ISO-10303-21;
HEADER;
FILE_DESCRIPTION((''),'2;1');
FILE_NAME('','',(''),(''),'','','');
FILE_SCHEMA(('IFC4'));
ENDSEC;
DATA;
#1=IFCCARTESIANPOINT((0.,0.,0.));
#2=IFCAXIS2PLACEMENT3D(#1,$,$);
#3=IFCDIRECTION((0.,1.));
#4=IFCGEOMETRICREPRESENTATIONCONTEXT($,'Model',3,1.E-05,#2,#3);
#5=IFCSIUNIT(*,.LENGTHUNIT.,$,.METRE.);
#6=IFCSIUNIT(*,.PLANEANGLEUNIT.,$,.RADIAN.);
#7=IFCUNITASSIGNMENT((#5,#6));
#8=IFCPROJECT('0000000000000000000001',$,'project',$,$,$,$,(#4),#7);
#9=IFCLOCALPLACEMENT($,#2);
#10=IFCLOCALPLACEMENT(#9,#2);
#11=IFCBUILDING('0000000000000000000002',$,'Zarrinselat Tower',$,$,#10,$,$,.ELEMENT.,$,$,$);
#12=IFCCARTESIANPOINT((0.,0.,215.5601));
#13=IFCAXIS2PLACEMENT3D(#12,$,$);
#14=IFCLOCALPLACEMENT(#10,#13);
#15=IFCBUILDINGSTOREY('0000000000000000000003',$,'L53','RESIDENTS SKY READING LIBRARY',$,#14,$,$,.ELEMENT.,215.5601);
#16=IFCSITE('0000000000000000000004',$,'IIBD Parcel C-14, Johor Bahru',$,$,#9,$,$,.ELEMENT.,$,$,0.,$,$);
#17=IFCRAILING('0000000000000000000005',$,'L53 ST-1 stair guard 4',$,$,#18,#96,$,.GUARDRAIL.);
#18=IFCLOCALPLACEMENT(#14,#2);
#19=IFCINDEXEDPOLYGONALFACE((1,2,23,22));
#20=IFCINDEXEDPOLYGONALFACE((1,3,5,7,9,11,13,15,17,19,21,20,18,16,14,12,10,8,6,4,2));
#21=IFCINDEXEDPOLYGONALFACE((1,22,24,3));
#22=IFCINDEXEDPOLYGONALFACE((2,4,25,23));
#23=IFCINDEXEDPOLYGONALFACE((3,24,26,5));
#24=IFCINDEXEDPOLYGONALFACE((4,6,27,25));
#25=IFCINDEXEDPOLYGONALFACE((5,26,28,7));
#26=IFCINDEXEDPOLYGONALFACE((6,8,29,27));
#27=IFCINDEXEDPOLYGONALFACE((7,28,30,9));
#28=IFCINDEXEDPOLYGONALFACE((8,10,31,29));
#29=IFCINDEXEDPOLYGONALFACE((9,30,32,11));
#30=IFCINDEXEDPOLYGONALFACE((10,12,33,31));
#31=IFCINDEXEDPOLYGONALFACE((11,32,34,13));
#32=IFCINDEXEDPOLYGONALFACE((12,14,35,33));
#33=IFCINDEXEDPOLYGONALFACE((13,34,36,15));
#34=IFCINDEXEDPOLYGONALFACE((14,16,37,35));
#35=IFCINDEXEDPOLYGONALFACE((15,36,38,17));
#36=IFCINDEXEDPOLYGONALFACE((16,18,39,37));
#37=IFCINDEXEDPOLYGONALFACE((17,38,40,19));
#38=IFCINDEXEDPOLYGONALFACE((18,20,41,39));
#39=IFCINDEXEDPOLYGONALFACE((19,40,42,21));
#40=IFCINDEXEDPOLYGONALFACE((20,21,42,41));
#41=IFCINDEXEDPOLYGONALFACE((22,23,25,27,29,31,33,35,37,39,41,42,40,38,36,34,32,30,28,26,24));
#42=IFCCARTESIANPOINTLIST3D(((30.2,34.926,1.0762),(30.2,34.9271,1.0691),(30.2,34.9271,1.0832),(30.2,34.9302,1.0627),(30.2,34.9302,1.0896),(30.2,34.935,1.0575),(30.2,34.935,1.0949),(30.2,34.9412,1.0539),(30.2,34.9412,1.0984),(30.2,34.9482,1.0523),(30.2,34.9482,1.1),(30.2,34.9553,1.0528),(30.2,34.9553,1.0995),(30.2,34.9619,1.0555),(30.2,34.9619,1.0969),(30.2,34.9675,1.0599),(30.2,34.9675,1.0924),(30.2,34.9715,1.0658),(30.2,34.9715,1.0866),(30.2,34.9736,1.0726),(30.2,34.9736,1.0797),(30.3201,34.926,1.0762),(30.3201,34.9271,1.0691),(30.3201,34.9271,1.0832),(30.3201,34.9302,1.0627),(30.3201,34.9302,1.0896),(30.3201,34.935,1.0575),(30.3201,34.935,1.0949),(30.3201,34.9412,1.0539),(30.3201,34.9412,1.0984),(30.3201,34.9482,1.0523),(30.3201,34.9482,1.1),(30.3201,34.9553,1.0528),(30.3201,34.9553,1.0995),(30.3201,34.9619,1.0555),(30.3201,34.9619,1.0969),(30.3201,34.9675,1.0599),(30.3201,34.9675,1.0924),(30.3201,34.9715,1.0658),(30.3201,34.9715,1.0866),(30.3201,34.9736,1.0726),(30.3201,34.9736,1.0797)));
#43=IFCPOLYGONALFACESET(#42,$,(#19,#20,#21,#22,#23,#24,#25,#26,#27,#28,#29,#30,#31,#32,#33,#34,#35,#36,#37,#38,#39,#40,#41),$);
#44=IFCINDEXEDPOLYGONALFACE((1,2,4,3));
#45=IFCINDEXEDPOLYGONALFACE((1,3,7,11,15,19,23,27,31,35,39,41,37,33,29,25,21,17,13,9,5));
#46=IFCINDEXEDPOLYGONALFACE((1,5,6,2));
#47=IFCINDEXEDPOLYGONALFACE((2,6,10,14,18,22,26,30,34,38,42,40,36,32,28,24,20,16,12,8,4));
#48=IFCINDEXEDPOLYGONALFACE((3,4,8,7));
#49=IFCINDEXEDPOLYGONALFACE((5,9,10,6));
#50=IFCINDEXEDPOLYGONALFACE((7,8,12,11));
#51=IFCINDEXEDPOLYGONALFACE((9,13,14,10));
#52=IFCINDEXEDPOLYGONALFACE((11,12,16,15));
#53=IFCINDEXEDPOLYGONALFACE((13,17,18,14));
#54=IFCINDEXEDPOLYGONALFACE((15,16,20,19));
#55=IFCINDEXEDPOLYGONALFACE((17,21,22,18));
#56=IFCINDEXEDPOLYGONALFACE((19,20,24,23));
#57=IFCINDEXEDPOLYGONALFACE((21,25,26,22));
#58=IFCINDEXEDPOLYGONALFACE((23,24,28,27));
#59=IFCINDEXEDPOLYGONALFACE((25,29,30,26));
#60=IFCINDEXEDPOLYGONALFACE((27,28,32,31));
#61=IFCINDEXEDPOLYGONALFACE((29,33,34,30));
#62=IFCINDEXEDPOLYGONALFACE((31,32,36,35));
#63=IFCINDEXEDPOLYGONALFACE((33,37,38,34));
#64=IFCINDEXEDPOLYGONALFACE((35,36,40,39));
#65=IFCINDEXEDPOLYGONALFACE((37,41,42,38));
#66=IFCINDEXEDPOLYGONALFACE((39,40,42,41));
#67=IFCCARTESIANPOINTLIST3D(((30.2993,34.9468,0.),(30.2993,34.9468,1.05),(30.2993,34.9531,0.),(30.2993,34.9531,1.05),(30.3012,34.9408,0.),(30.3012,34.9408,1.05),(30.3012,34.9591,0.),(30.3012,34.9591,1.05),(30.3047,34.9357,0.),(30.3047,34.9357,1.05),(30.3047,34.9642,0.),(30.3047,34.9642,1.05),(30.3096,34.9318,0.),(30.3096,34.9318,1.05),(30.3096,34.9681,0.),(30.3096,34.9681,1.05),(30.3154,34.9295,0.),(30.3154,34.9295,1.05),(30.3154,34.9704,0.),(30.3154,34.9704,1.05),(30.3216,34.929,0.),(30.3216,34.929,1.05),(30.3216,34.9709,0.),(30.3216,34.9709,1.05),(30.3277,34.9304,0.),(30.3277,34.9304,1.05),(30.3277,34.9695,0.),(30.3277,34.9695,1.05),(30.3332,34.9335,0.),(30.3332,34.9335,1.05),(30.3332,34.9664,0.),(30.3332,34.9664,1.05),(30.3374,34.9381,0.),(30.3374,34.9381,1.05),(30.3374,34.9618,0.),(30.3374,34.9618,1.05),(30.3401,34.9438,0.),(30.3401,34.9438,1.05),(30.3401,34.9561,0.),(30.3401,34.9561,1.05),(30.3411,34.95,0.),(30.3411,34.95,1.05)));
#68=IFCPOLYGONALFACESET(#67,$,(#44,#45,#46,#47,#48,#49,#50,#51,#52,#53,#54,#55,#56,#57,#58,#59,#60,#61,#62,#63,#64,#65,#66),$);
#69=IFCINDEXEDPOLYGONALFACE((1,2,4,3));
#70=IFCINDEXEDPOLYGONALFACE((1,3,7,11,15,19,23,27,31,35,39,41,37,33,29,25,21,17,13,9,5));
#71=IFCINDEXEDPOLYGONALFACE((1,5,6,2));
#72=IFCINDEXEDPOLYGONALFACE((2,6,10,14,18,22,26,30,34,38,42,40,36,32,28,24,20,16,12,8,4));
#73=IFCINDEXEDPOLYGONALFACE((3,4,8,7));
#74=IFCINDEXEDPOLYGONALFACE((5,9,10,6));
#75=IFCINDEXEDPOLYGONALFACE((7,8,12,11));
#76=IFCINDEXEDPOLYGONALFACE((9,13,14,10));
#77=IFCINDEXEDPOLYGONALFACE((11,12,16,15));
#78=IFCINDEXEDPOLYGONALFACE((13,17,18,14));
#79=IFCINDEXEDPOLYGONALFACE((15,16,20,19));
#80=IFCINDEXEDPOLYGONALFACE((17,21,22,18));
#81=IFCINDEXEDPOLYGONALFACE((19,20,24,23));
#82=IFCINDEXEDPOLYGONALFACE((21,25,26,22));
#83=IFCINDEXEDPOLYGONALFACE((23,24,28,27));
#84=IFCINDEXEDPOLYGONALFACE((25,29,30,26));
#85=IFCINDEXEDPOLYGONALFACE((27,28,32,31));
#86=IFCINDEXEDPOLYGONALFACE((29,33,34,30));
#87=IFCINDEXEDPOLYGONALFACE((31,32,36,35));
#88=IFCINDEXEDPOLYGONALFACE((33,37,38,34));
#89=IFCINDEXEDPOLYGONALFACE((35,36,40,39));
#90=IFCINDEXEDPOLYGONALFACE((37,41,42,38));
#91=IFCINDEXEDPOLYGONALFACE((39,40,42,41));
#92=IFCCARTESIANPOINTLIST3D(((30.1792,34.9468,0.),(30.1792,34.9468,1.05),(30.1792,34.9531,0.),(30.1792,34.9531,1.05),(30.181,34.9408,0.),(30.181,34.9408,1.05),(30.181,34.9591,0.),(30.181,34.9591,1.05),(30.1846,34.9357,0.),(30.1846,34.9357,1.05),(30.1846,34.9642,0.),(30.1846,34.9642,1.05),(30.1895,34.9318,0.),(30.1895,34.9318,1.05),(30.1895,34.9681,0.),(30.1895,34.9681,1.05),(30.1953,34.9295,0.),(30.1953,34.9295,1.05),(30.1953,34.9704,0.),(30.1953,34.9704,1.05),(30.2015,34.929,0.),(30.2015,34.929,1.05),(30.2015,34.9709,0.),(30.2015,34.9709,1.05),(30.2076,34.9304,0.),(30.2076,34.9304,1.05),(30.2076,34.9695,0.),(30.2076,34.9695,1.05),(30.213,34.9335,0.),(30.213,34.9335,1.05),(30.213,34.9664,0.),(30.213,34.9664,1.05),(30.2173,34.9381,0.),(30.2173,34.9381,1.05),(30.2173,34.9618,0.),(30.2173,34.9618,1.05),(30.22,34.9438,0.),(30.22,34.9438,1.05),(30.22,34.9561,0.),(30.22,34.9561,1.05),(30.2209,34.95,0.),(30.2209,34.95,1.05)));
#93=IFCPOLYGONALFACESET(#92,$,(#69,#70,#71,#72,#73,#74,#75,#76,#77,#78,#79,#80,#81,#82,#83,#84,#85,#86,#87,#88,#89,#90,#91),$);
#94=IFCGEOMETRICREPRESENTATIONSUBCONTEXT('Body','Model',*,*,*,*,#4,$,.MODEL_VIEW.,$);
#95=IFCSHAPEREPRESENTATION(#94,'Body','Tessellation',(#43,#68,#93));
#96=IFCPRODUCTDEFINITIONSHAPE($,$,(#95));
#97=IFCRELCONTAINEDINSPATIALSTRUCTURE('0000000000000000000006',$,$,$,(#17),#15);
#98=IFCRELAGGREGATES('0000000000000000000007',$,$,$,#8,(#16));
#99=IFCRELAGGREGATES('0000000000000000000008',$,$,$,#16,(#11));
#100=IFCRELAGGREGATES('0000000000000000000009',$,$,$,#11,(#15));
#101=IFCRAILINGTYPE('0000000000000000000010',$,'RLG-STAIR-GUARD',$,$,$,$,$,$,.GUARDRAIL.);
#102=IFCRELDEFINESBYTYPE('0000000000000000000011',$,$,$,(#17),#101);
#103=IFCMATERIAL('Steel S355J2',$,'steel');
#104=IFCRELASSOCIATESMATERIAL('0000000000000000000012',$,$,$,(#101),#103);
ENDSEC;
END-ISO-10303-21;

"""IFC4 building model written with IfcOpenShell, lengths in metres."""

from ifc_helpers import new_model, si_unit, direction, frame, origin, origin_2d, place, context, subcontext, project, spatial, circle, extrude, material, type_object, element, save


model = new_model("IFC4")

# Units and contexts
model_context = context("Model", 3, precision=1e-05, world=origin(), true_north=direction((0.0, 1.0)))
body_context = subcontext(model_context, "Body", "Model", "MODEL_VIEW")
ifc_project = project(units=[si_unit("LENGTHUNIT", "METRE"), si_unit("PLANEANGLEUNIT", "RADIAN")], contexts=[model_context])

# Site, building, storey
site_placement = place(None, origin())
site = spatial("IfcSite", under=ifc_project, at=site_placement, Name="IIBD Parcel C-14, Johor Bahru", CompositionType="ELEMENT", RefElevation=0.0)
building_placement = place(site_placement, origin())
building = spatial("IfcBuilding", under=site, at=building_placement, Name="Zarrinselat Tower", CompositionType="ELEMENT")
storey_placement = place(building_placement, frame((0.0, 0.0, 215.5601)))
storey = spatial("IfcBuildingStorey", under=building, at=storey_placement, Name="L53", Description="RESIDENTS SKY READING LIBRARY", CompositionType="ELEMENT", Elevation=215.5601)

# Railing
ifc_material_1 = material(Name="Steel S355J2", Category="steel")
railing_type_1 = type_object("IfcRailingType", Name="RLG-STAIR-GUARD", PredefinedType="GUARDRAIL", material=ifc_material_1)
railing_1_placement = place(storey_placement, frame((30.3201, 34.95, 0.0)))
element("IfcRailing", 1, at=railing_1_placement, inside=storey, type_object=railing_type_1, Name="L53 ST-1 stair guard 4", PredefinedType="GUARDRAIL", context=body_context, shape_type="SweptSolid", body=[
    extrude(circle(Radius=0.0239, at=origin_2d()), frame((0.0, 0.0, 1.0762), z_axis=(-1.0, 0.0, 0.0), x_axis=(0.0, -1.0, 0.0)), (0.0, 0.0, 1.0), 0.1201),
    extrude(circle(Radius=0.021, at=origin_2d()), origin(), (0.0, 0.0, 1.0), 1.05),
    extrude(circle(Radius=0.021, at=origin_2d()), frame((-0.1201, 0.0, 0.0)), (0.0, 0.0, 1.0), 1.05),
])

save(model, "model.ifc")
